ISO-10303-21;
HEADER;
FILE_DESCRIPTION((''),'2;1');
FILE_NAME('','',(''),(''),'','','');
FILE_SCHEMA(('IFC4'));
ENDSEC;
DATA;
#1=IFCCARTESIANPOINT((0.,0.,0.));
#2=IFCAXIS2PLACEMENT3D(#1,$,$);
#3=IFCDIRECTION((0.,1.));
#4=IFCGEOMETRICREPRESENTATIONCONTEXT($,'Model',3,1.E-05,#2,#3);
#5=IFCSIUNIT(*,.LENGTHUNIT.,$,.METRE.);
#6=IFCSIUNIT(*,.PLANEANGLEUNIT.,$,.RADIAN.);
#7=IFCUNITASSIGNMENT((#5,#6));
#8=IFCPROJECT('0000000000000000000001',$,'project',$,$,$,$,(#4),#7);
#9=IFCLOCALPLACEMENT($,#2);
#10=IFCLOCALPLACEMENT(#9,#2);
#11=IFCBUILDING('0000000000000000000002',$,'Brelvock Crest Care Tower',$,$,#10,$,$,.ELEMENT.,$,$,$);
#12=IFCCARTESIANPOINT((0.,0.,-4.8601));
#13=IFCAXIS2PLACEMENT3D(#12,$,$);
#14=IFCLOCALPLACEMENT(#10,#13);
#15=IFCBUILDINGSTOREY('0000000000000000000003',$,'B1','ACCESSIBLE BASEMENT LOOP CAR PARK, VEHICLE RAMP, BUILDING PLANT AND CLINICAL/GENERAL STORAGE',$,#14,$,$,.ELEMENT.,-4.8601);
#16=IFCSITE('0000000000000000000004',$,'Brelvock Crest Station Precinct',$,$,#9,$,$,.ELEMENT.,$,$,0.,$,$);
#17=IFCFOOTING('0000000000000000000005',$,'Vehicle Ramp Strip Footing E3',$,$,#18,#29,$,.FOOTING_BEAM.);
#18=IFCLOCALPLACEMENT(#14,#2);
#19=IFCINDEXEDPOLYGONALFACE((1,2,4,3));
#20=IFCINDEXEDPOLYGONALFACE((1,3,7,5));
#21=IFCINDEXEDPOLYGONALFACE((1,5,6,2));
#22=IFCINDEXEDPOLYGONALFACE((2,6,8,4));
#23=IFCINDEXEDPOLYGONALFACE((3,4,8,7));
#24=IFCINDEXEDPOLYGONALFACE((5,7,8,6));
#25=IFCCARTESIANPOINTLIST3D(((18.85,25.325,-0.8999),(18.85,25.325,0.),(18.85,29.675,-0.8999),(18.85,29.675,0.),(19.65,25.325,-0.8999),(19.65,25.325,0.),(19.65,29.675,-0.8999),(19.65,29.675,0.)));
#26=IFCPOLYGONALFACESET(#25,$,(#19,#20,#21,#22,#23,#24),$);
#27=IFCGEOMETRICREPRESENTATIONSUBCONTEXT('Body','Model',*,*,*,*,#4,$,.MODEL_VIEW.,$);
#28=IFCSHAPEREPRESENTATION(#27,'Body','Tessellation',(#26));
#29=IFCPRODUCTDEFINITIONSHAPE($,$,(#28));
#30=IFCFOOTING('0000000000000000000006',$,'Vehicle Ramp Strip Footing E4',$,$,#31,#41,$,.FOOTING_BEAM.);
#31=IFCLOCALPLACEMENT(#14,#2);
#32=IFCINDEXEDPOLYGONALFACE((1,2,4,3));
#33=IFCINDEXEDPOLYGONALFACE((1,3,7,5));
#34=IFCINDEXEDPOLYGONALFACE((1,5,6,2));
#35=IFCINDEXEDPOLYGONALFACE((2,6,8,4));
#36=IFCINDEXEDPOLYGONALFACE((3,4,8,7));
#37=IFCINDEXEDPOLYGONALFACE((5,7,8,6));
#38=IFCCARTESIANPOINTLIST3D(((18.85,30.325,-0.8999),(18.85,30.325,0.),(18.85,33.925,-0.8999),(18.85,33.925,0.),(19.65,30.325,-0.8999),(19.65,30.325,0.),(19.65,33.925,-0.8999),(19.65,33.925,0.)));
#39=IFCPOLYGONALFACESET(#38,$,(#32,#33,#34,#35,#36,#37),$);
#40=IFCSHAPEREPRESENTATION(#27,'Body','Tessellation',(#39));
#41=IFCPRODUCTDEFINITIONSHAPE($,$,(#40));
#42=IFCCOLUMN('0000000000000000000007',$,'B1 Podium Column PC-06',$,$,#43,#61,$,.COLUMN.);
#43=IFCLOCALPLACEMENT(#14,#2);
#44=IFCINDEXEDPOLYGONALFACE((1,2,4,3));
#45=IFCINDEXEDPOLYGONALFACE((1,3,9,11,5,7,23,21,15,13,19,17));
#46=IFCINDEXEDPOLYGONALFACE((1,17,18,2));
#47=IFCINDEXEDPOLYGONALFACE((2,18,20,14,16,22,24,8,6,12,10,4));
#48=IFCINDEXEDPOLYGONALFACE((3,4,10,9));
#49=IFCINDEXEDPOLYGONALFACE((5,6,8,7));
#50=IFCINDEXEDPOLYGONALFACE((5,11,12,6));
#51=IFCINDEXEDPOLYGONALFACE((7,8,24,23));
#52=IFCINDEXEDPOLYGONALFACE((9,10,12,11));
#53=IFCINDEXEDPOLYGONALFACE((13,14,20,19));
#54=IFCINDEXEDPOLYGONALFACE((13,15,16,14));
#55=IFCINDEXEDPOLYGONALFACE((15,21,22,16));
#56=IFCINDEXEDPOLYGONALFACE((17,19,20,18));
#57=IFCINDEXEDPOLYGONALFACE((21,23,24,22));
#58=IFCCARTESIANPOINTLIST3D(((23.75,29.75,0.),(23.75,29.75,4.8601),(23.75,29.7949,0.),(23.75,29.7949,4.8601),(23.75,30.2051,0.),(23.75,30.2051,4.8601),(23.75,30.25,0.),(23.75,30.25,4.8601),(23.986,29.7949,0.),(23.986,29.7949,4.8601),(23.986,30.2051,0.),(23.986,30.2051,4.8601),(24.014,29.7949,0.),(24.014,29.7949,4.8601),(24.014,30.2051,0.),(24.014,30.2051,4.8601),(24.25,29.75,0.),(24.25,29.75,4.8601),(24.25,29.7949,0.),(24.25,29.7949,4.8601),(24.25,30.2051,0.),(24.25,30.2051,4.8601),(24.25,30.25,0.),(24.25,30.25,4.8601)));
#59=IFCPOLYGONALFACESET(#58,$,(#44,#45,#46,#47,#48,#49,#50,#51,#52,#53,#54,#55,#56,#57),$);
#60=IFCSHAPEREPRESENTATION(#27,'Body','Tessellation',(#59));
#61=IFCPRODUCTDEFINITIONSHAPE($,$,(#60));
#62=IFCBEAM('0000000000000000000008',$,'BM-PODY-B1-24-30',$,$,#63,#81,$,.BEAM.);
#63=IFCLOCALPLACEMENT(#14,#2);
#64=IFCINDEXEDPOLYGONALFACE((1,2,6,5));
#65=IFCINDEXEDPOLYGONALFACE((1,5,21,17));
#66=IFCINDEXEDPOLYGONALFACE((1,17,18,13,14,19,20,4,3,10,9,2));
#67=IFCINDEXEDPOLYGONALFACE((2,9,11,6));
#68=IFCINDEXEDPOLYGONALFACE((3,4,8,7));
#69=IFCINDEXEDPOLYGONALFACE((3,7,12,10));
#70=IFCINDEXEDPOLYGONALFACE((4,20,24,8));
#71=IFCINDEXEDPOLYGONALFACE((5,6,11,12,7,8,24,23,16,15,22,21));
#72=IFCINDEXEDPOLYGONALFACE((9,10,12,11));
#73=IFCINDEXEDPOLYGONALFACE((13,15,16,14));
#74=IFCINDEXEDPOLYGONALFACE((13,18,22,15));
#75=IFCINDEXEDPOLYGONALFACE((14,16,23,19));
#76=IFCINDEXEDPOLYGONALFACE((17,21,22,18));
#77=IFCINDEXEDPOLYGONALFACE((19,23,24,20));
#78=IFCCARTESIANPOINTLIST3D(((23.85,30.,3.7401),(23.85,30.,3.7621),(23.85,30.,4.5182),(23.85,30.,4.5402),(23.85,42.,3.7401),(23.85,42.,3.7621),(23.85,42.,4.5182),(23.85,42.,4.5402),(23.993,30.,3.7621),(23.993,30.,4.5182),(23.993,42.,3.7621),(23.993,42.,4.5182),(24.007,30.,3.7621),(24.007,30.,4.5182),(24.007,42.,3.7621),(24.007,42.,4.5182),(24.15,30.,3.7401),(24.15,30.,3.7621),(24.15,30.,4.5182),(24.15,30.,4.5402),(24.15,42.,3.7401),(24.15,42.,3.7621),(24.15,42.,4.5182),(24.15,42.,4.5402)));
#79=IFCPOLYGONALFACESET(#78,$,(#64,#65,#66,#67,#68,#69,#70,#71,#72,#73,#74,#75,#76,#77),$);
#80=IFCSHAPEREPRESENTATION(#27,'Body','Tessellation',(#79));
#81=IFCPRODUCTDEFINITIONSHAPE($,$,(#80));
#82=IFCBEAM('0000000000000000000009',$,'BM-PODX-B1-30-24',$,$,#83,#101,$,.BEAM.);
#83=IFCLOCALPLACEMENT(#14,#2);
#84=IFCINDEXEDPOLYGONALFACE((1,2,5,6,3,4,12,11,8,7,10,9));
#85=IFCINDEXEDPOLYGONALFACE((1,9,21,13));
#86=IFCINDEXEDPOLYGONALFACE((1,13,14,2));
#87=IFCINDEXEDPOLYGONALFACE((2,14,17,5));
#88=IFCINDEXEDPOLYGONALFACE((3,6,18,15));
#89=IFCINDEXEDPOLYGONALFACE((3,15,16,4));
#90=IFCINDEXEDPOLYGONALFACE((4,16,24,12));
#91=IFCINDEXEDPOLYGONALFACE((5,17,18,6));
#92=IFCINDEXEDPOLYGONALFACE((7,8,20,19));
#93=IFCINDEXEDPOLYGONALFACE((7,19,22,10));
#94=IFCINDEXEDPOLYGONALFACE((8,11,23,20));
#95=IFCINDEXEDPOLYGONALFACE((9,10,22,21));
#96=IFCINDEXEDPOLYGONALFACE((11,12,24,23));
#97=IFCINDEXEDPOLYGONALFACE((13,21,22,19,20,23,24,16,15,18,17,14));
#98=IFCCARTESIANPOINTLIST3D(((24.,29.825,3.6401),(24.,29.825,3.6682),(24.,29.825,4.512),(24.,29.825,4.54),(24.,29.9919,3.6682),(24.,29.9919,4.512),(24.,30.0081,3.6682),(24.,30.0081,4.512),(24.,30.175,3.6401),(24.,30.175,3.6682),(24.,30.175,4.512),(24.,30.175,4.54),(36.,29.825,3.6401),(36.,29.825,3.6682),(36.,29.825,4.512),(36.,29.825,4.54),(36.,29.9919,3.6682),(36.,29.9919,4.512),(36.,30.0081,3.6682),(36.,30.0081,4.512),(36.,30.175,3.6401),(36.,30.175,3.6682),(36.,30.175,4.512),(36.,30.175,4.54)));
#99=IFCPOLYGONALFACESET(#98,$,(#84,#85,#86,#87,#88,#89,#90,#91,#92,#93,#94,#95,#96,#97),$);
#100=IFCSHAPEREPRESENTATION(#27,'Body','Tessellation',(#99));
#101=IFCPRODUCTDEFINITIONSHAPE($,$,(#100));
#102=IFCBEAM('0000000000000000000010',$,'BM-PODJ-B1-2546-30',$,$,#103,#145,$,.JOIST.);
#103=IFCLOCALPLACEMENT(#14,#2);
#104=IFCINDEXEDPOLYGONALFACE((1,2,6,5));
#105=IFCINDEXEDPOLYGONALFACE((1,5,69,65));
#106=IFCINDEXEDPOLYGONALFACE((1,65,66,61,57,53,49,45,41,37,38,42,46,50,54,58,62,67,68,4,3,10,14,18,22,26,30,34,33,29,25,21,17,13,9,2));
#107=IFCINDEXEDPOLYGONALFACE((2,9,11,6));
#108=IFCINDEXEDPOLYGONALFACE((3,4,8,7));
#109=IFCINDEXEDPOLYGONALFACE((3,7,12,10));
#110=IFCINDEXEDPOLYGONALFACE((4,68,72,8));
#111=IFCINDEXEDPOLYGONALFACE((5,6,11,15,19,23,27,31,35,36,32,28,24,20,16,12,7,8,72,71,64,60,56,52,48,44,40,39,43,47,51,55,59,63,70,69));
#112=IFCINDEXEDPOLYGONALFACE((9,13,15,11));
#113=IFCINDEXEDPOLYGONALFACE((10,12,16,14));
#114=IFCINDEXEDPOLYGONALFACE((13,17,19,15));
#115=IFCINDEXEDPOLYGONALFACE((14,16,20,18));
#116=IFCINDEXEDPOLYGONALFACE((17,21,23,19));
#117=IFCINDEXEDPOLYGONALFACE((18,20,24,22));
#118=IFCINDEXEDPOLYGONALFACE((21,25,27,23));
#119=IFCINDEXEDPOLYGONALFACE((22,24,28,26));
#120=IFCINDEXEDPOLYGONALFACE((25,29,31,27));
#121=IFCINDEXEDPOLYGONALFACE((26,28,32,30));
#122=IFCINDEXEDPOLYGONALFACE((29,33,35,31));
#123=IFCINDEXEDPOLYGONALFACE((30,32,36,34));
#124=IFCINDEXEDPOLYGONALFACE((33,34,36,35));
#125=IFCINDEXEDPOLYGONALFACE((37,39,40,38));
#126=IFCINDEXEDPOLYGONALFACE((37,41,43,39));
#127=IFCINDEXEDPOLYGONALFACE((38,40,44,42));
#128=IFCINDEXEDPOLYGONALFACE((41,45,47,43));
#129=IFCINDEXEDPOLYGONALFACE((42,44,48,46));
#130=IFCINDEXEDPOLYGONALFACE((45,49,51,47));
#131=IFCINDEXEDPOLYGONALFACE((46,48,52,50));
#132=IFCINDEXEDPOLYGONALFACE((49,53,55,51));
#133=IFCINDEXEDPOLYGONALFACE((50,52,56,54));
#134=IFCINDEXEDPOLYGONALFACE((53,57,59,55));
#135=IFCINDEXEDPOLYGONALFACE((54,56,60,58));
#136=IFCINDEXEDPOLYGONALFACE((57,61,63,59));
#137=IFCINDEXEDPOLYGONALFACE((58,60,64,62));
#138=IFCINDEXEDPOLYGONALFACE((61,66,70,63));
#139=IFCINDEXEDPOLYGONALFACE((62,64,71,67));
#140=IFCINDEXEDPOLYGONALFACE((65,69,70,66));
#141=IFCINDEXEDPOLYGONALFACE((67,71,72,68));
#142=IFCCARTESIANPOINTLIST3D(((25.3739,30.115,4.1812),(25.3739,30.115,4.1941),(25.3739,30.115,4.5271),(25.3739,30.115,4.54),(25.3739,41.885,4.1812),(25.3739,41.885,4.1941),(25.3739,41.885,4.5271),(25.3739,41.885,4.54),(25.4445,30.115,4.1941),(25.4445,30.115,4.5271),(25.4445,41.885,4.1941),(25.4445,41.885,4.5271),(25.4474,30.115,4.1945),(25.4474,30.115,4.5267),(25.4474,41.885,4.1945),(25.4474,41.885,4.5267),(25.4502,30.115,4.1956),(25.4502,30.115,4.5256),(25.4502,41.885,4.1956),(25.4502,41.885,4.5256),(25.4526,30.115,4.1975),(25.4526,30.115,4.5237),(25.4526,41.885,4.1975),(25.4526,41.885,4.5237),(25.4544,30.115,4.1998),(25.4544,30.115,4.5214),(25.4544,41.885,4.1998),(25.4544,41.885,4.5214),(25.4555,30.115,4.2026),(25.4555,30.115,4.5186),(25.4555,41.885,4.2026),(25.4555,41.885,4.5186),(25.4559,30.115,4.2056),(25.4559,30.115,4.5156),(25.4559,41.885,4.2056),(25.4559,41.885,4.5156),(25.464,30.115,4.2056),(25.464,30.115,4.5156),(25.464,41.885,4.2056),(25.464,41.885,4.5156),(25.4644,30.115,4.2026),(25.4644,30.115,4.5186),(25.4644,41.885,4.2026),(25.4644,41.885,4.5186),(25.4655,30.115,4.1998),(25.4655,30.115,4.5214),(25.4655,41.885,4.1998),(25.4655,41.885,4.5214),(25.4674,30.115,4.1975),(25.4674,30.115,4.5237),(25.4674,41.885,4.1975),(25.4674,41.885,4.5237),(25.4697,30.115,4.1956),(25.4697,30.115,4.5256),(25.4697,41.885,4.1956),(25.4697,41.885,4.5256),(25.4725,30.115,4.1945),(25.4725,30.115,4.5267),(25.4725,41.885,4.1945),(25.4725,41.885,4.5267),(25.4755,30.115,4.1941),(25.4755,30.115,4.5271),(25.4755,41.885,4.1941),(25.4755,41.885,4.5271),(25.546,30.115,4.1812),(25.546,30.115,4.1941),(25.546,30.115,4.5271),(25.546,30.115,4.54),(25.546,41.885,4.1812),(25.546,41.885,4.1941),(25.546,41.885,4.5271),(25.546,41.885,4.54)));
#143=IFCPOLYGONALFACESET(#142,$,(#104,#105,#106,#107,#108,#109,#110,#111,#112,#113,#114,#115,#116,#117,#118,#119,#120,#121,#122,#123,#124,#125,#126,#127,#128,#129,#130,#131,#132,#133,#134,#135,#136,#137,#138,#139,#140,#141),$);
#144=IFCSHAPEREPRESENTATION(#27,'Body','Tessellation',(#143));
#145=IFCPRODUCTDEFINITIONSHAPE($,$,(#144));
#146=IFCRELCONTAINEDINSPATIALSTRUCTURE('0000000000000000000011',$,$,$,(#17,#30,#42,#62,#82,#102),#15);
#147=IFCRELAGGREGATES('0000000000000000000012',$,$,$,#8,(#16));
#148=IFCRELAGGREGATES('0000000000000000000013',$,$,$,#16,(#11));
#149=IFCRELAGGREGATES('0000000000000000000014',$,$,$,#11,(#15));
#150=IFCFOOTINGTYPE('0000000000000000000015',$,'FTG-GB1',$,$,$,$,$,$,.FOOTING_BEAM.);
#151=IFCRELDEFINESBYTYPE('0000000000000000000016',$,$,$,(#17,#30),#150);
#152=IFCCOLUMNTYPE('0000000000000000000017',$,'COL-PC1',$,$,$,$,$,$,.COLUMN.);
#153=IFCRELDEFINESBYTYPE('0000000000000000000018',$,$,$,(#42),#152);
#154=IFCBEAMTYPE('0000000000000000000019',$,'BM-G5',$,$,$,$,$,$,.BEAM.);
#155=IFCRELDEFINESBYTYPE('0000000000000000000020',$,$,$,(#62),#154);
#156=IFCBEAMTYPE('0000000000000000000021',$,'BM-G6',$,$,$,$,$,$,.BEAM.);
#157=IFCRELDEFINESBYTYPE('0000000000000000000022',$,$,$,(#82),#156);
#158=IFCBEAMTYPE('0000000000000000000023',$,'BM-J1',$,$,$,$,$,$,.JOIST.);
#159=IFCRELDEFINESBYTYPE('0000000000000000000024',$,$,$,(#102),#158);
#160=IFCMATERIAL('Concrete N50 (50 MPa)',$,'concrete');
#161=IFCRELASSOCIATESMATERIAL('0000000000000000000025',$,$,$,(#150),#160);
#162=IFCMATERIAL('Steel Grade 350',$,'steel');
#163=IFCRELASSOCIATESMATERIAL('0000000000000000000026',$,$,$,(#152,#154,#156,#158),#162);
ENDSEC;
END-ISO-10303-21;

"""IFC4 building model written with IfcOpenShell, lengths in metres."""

from ifc_helpers import new_model, si_unit, direction, frame, origin, origin_2d, place, context, subcontext, project, spatial, rectangle, i_section, extrude, source, transform, mapped, material, material_profile, profile_set, type_object, element, save


model = new_model("IFC4")

# Units and contexts
model_context = context("Model", 3, precision=1e-05, world=origin(), true_north=direction((0.0, 1.0)))
body_context = subcontext(model_context, "Body", "Model", "MODEL_VIEW")
ifc_project = project(units=[si_unit("LENGTHUNIT", "METRE"), si_unit("PLANEANGLEUNIT", "RADIAN")], contexts=[model_context])

# Site, building, storey
site_placement = place(None, origin())
site = spatial("IfcSite", under=ifc_project, at=site_placement, Name="Brelvock Crest Station Precinct", CompositionType="ELEMENT", RefElevation=0.0)
building_placement = place(site_placement, origin())
building = spatial("IfcBuilding", under=site, at=building_placement, Name="Brelvock Crest Care Tower", CompositionType="ELEMENT")
storey_placement = place(building_placement, frame((0.0, 0.0, -4.8601)))
storey = spatial("IfcBuildingStorey", under=building, at=storey_placement, Name="B1", Description="ACCESSIBLE BASEMENT LOOP CAR PARK, VEHICLE RAMP, BUILDING PLANT AND CLINICAL/GENERAL STORAGE", CompositionType="ELEMENT", Elevation=-4.8601)

# Shared definitions
ifc_material_1 = material(Name="Concrete N50 (50 MPa)", Category="concrete")

# Footings
footing_type_1 = type_object("IfcFootingType", Name="FTG-GB1", PredefinedType="FOOTING_BEAM", material=ifc_material_1)
shared_shape_1 = source(origin(), body_context, "Body", "SweptSolid", [
    extrude(rectangle(XDim=4.3501, YDim=0.8, at=origin_2d()), origin(), (0.0, 0.0, 1.0), 0.8999),
])
footing_1_placement = place(storey_placement, frame((19.25, 27.5, -0.8999), z_axis=(0.0, 0.0, 1.0), x_axis=(0.0, 1.0, 0.0)))
element("IfcFooting", 1, at=footing_1_placement, inside=storey, type_object=footing_type_1, Name="Vehicle Ramp Strip Footing E3", PredefinedType="FOOTING_BEAM", context=body_context, shape_type="MappedRepresentation", body=[
    mapped(shared_shape_1, transform((0.0, 0.0, 0.0), x_axis=(1.0, 0.0, 0.0), y_axis=(0.0, 1.0, 0.0), z_axis=(0.0, 0.0, 1.0), scale=1.0)),
])
shared_shape_2 = source(origin(), body_context, "Body", "SweptSolid", [
    extrude(rectangle(XDim=3.6001, YDim=0.8, at=origin_2d()), origin(), (0.0, 0.0, 1.0), 0.8999),
])
footing_2_placement = place(storey_placement, frame((19.25, 32.125, -0.8999), z_axis=(0.0, 0.0, 1.0), x_axis=(0.0, 1.0, 0.0)))
element("IfcFooting", 2, at=footing_2_placement, inside=storey, type_object=footing_type_1, Name="Vehicle Ramp Strip Footing E4", PredefinedType="FOOTING_BEAM", context=body_context, shape_type="MappedRepresentation", body=[
    mapped(shared_shape_2, transform((0.0, 0.0, 0.0), x_axis=(1.0, 0.0, 0.0), y_axis=(0.0, 1.0, 0.0), z_axis=(0.0, 0.0, 1.0), scale=1.0)),
])

# Column
ifc_material_2 = material(Name="Steel Grade 350", Category="steel")
ifc_material_profile_1 = material_profile(ifc_material_2, i_section(OverallWidth=0.5, OverallDepth=0.5, WebThickness=0.0281, FlangeThickness=0.0449, at=origin_2d()), Name="500WC440")
ifc_profile_set_1 = profile_set([ifc_material_profile_1], Name="Steel Grade 350")
column_type = type_object("IfcColumnType", Name="COL-PC1", PredefinedType="COLUMN", material=ifc_profile_set_1)
shared_shape_3 = source(origin(), body_context, "Body", "SweptSolid", [
    extrude(i_section(OverallWidth=0.5, OverallDepth=0.5, WebThickness=0.0281, FlangeThickness=0.0449, at=origin_2d()), origin(), (0.0, 0.0, 1.0), 4.8601),
])
column_placement = place(storey_placement, frame((24.0, 30.0, 0.0), z_axis=(0.0, 0.0, 1.0), x_axis=(1.0, 0.0, 0.0)))
element("IfcColumn", 3, at=column_placement, inside=storey, type_object=column_type, Name="B1 Podium Column PC-06", PredefinedType="COLUMN", context=body_context, shape_type="MappedRepresentation", body=[
    mapped(shared_shape_3, transform((0.0, 0.0, 0.0), x_axis=(1.0, 0.0, 0.0), y_axis=(0.0, 1.0, 0.0), z_axis=(0.0, 0.0, 1.0), scale=1.0)),
])

# Beams
ifc_material_profile_2 = material_profile(ifc_material_2, i_section(OverallWidth=0.3, OverallDepth=0.8, WebThickness=0.0139, FlangeThickness=0.022, at=origin_2d()), Name="800WB192")
ifc_profile_set_2 = profile_set([ifc_material_profile_2], Name="Steel Grade 350")
beam_type_1 = type_object("IfcBeamType", Name="BM-G5", PredefinedType="BEAM", material=ifc_profile_set_2)
shared_shape_4 = source(origin(), body_context, "Body", "SweptSolid", [
    extrude(i_section(OverallWidth=0.3, OverallDepth=0.8, WebThickness=0.0139, FlangeThickness=0.022, at=origin_2d()), origin(), (0.0, 0.0, 1.0), 12.0),
])
beam_1_placement = place(storey_placement, frame((24.0, 30.0, 4.1401), z_axis=(0.0, 1.0, 0.0), x_axis=(-1.0, 0.0, 0.0)))
element("IfcBeam", 4, at=beam_1_placement, inside=storey, type_object=beam_type_1, Name="BM-PODY-B1-24-30", PredefinedType="BEAM", context=body_context, shape_type="MappedRepresentation", body=[
    mapped(shared_shape_4, transform((0.0, 0.0, 0.0), x_axis=(1.0, 0.0, 0.0), y_axis=(0.0, 1.0, 0.0), z_axis=(0.0, 0.0, 1.0), scale=1.0)),
])
ifc_material_profile_3 = material_profile(ifc_material_2, i_section(OverallWidth=0.3501, OverallDepth=0.8999, WebThickness=0.0161, FlangeThickness=0.0281, at=origin_2d()), Name="900WB257")
ifc_profile_set_3 = profile_set([ifc_material_profile_3], Name="Steel Grade 350")
beam_type_2 = type_object("IfcBeamType", Name="BM-G6", PredefinedType="BEAM", material=ifc_profile_set_3)
shared_shape_5 = source(origin(), body_context, "Body", "SweptSolid", [
    extrude(i_section(OverallWidth=0.3501, OverallDepth=0.8999, WebThickness=0.0161, FlangeThickness=0.0281, at=origin_2d()), origin(), (0.0, 0.0, 1.0), 12.0),
])
beam_2_placement = place(storey_placement, frame((24.0, 30.0, 4.0901), z_axis=(1.0, 0.0, 0.0), x_axis=(0.0, 1.0, 0.0)))
element("IfcBeam", 5, at=beam_2_placement, inside=storey, type_object=beam_type_2, Name="BM-PODX-B1-30-24", PredefinedType="BEAM", context=body_context, shape_type="MappedRepresentation", body=[
    mapped(shared_shape_5, transform((0.0, 0.0, 0.0), x_axis=(1.0, 0.0, 0.0), y_axis=(0.0, 1.0, 0.0), z_axis=(0.0, 0.0, 1.0), scale=1.0)),
])
ifc_material_profile_4 = material_profile(ifc_material_2, i_section(OverallWidth=0.1721, OverallDepth=0.3589, WebThickness=0.0081, FlangeThickness=0.0129, FilletRadius=0.0115, at=origin_2d()), Name="360UB56.7")
ifc_profile_set_4 = profile_set([ifc_material_profile_4], Name="Steel Grade 350")
beam_type_3 = type_object("IfcBeamType", Name="BM-J1", PredefinedType="JOIST", material=ifc_profile_set_4)
shared_shape_6 = source(origin(), body_context, "Body", "SweptSolid", [
    extrude(i_section(OverallWidth=0.1721, OverallDepth=0.3589, WebThickness=0.0081, FlangeThickness=0.0129, FilletRadius=0.0115, at=origin_2d()), origin(), (0.0, 0.0, 1.0), 11.77),
])
for number, where, z_axis, x_axis, name in (
    (6, (25.46, 30.115, 4.3606), (0.0, 1.0, 0.0), (-1.0, 0.0, 0.0), "BM-PODJ-B1-2546-30"),
):
    element("IfcBeam", number, at=place(storey_placement, frame(where, z_axis=z_axis, x_axis=x_axis)), inside=storey, type_object=beam_type_3, Name=name, PredefinedType="JOIST", context=body_context, shape_type="MappedRepresentation", body=[
        mapped(shared_shape_6, transform((0.0, 0.0, 0.0), x_axis=(1.0, 0.0, 0.0), y_axis=(0.0, 1.0, 0.0), z_axis=(0.0, 0.0, 1.0), scale=1.0)),
    ])

save(model, "model.ifc")
